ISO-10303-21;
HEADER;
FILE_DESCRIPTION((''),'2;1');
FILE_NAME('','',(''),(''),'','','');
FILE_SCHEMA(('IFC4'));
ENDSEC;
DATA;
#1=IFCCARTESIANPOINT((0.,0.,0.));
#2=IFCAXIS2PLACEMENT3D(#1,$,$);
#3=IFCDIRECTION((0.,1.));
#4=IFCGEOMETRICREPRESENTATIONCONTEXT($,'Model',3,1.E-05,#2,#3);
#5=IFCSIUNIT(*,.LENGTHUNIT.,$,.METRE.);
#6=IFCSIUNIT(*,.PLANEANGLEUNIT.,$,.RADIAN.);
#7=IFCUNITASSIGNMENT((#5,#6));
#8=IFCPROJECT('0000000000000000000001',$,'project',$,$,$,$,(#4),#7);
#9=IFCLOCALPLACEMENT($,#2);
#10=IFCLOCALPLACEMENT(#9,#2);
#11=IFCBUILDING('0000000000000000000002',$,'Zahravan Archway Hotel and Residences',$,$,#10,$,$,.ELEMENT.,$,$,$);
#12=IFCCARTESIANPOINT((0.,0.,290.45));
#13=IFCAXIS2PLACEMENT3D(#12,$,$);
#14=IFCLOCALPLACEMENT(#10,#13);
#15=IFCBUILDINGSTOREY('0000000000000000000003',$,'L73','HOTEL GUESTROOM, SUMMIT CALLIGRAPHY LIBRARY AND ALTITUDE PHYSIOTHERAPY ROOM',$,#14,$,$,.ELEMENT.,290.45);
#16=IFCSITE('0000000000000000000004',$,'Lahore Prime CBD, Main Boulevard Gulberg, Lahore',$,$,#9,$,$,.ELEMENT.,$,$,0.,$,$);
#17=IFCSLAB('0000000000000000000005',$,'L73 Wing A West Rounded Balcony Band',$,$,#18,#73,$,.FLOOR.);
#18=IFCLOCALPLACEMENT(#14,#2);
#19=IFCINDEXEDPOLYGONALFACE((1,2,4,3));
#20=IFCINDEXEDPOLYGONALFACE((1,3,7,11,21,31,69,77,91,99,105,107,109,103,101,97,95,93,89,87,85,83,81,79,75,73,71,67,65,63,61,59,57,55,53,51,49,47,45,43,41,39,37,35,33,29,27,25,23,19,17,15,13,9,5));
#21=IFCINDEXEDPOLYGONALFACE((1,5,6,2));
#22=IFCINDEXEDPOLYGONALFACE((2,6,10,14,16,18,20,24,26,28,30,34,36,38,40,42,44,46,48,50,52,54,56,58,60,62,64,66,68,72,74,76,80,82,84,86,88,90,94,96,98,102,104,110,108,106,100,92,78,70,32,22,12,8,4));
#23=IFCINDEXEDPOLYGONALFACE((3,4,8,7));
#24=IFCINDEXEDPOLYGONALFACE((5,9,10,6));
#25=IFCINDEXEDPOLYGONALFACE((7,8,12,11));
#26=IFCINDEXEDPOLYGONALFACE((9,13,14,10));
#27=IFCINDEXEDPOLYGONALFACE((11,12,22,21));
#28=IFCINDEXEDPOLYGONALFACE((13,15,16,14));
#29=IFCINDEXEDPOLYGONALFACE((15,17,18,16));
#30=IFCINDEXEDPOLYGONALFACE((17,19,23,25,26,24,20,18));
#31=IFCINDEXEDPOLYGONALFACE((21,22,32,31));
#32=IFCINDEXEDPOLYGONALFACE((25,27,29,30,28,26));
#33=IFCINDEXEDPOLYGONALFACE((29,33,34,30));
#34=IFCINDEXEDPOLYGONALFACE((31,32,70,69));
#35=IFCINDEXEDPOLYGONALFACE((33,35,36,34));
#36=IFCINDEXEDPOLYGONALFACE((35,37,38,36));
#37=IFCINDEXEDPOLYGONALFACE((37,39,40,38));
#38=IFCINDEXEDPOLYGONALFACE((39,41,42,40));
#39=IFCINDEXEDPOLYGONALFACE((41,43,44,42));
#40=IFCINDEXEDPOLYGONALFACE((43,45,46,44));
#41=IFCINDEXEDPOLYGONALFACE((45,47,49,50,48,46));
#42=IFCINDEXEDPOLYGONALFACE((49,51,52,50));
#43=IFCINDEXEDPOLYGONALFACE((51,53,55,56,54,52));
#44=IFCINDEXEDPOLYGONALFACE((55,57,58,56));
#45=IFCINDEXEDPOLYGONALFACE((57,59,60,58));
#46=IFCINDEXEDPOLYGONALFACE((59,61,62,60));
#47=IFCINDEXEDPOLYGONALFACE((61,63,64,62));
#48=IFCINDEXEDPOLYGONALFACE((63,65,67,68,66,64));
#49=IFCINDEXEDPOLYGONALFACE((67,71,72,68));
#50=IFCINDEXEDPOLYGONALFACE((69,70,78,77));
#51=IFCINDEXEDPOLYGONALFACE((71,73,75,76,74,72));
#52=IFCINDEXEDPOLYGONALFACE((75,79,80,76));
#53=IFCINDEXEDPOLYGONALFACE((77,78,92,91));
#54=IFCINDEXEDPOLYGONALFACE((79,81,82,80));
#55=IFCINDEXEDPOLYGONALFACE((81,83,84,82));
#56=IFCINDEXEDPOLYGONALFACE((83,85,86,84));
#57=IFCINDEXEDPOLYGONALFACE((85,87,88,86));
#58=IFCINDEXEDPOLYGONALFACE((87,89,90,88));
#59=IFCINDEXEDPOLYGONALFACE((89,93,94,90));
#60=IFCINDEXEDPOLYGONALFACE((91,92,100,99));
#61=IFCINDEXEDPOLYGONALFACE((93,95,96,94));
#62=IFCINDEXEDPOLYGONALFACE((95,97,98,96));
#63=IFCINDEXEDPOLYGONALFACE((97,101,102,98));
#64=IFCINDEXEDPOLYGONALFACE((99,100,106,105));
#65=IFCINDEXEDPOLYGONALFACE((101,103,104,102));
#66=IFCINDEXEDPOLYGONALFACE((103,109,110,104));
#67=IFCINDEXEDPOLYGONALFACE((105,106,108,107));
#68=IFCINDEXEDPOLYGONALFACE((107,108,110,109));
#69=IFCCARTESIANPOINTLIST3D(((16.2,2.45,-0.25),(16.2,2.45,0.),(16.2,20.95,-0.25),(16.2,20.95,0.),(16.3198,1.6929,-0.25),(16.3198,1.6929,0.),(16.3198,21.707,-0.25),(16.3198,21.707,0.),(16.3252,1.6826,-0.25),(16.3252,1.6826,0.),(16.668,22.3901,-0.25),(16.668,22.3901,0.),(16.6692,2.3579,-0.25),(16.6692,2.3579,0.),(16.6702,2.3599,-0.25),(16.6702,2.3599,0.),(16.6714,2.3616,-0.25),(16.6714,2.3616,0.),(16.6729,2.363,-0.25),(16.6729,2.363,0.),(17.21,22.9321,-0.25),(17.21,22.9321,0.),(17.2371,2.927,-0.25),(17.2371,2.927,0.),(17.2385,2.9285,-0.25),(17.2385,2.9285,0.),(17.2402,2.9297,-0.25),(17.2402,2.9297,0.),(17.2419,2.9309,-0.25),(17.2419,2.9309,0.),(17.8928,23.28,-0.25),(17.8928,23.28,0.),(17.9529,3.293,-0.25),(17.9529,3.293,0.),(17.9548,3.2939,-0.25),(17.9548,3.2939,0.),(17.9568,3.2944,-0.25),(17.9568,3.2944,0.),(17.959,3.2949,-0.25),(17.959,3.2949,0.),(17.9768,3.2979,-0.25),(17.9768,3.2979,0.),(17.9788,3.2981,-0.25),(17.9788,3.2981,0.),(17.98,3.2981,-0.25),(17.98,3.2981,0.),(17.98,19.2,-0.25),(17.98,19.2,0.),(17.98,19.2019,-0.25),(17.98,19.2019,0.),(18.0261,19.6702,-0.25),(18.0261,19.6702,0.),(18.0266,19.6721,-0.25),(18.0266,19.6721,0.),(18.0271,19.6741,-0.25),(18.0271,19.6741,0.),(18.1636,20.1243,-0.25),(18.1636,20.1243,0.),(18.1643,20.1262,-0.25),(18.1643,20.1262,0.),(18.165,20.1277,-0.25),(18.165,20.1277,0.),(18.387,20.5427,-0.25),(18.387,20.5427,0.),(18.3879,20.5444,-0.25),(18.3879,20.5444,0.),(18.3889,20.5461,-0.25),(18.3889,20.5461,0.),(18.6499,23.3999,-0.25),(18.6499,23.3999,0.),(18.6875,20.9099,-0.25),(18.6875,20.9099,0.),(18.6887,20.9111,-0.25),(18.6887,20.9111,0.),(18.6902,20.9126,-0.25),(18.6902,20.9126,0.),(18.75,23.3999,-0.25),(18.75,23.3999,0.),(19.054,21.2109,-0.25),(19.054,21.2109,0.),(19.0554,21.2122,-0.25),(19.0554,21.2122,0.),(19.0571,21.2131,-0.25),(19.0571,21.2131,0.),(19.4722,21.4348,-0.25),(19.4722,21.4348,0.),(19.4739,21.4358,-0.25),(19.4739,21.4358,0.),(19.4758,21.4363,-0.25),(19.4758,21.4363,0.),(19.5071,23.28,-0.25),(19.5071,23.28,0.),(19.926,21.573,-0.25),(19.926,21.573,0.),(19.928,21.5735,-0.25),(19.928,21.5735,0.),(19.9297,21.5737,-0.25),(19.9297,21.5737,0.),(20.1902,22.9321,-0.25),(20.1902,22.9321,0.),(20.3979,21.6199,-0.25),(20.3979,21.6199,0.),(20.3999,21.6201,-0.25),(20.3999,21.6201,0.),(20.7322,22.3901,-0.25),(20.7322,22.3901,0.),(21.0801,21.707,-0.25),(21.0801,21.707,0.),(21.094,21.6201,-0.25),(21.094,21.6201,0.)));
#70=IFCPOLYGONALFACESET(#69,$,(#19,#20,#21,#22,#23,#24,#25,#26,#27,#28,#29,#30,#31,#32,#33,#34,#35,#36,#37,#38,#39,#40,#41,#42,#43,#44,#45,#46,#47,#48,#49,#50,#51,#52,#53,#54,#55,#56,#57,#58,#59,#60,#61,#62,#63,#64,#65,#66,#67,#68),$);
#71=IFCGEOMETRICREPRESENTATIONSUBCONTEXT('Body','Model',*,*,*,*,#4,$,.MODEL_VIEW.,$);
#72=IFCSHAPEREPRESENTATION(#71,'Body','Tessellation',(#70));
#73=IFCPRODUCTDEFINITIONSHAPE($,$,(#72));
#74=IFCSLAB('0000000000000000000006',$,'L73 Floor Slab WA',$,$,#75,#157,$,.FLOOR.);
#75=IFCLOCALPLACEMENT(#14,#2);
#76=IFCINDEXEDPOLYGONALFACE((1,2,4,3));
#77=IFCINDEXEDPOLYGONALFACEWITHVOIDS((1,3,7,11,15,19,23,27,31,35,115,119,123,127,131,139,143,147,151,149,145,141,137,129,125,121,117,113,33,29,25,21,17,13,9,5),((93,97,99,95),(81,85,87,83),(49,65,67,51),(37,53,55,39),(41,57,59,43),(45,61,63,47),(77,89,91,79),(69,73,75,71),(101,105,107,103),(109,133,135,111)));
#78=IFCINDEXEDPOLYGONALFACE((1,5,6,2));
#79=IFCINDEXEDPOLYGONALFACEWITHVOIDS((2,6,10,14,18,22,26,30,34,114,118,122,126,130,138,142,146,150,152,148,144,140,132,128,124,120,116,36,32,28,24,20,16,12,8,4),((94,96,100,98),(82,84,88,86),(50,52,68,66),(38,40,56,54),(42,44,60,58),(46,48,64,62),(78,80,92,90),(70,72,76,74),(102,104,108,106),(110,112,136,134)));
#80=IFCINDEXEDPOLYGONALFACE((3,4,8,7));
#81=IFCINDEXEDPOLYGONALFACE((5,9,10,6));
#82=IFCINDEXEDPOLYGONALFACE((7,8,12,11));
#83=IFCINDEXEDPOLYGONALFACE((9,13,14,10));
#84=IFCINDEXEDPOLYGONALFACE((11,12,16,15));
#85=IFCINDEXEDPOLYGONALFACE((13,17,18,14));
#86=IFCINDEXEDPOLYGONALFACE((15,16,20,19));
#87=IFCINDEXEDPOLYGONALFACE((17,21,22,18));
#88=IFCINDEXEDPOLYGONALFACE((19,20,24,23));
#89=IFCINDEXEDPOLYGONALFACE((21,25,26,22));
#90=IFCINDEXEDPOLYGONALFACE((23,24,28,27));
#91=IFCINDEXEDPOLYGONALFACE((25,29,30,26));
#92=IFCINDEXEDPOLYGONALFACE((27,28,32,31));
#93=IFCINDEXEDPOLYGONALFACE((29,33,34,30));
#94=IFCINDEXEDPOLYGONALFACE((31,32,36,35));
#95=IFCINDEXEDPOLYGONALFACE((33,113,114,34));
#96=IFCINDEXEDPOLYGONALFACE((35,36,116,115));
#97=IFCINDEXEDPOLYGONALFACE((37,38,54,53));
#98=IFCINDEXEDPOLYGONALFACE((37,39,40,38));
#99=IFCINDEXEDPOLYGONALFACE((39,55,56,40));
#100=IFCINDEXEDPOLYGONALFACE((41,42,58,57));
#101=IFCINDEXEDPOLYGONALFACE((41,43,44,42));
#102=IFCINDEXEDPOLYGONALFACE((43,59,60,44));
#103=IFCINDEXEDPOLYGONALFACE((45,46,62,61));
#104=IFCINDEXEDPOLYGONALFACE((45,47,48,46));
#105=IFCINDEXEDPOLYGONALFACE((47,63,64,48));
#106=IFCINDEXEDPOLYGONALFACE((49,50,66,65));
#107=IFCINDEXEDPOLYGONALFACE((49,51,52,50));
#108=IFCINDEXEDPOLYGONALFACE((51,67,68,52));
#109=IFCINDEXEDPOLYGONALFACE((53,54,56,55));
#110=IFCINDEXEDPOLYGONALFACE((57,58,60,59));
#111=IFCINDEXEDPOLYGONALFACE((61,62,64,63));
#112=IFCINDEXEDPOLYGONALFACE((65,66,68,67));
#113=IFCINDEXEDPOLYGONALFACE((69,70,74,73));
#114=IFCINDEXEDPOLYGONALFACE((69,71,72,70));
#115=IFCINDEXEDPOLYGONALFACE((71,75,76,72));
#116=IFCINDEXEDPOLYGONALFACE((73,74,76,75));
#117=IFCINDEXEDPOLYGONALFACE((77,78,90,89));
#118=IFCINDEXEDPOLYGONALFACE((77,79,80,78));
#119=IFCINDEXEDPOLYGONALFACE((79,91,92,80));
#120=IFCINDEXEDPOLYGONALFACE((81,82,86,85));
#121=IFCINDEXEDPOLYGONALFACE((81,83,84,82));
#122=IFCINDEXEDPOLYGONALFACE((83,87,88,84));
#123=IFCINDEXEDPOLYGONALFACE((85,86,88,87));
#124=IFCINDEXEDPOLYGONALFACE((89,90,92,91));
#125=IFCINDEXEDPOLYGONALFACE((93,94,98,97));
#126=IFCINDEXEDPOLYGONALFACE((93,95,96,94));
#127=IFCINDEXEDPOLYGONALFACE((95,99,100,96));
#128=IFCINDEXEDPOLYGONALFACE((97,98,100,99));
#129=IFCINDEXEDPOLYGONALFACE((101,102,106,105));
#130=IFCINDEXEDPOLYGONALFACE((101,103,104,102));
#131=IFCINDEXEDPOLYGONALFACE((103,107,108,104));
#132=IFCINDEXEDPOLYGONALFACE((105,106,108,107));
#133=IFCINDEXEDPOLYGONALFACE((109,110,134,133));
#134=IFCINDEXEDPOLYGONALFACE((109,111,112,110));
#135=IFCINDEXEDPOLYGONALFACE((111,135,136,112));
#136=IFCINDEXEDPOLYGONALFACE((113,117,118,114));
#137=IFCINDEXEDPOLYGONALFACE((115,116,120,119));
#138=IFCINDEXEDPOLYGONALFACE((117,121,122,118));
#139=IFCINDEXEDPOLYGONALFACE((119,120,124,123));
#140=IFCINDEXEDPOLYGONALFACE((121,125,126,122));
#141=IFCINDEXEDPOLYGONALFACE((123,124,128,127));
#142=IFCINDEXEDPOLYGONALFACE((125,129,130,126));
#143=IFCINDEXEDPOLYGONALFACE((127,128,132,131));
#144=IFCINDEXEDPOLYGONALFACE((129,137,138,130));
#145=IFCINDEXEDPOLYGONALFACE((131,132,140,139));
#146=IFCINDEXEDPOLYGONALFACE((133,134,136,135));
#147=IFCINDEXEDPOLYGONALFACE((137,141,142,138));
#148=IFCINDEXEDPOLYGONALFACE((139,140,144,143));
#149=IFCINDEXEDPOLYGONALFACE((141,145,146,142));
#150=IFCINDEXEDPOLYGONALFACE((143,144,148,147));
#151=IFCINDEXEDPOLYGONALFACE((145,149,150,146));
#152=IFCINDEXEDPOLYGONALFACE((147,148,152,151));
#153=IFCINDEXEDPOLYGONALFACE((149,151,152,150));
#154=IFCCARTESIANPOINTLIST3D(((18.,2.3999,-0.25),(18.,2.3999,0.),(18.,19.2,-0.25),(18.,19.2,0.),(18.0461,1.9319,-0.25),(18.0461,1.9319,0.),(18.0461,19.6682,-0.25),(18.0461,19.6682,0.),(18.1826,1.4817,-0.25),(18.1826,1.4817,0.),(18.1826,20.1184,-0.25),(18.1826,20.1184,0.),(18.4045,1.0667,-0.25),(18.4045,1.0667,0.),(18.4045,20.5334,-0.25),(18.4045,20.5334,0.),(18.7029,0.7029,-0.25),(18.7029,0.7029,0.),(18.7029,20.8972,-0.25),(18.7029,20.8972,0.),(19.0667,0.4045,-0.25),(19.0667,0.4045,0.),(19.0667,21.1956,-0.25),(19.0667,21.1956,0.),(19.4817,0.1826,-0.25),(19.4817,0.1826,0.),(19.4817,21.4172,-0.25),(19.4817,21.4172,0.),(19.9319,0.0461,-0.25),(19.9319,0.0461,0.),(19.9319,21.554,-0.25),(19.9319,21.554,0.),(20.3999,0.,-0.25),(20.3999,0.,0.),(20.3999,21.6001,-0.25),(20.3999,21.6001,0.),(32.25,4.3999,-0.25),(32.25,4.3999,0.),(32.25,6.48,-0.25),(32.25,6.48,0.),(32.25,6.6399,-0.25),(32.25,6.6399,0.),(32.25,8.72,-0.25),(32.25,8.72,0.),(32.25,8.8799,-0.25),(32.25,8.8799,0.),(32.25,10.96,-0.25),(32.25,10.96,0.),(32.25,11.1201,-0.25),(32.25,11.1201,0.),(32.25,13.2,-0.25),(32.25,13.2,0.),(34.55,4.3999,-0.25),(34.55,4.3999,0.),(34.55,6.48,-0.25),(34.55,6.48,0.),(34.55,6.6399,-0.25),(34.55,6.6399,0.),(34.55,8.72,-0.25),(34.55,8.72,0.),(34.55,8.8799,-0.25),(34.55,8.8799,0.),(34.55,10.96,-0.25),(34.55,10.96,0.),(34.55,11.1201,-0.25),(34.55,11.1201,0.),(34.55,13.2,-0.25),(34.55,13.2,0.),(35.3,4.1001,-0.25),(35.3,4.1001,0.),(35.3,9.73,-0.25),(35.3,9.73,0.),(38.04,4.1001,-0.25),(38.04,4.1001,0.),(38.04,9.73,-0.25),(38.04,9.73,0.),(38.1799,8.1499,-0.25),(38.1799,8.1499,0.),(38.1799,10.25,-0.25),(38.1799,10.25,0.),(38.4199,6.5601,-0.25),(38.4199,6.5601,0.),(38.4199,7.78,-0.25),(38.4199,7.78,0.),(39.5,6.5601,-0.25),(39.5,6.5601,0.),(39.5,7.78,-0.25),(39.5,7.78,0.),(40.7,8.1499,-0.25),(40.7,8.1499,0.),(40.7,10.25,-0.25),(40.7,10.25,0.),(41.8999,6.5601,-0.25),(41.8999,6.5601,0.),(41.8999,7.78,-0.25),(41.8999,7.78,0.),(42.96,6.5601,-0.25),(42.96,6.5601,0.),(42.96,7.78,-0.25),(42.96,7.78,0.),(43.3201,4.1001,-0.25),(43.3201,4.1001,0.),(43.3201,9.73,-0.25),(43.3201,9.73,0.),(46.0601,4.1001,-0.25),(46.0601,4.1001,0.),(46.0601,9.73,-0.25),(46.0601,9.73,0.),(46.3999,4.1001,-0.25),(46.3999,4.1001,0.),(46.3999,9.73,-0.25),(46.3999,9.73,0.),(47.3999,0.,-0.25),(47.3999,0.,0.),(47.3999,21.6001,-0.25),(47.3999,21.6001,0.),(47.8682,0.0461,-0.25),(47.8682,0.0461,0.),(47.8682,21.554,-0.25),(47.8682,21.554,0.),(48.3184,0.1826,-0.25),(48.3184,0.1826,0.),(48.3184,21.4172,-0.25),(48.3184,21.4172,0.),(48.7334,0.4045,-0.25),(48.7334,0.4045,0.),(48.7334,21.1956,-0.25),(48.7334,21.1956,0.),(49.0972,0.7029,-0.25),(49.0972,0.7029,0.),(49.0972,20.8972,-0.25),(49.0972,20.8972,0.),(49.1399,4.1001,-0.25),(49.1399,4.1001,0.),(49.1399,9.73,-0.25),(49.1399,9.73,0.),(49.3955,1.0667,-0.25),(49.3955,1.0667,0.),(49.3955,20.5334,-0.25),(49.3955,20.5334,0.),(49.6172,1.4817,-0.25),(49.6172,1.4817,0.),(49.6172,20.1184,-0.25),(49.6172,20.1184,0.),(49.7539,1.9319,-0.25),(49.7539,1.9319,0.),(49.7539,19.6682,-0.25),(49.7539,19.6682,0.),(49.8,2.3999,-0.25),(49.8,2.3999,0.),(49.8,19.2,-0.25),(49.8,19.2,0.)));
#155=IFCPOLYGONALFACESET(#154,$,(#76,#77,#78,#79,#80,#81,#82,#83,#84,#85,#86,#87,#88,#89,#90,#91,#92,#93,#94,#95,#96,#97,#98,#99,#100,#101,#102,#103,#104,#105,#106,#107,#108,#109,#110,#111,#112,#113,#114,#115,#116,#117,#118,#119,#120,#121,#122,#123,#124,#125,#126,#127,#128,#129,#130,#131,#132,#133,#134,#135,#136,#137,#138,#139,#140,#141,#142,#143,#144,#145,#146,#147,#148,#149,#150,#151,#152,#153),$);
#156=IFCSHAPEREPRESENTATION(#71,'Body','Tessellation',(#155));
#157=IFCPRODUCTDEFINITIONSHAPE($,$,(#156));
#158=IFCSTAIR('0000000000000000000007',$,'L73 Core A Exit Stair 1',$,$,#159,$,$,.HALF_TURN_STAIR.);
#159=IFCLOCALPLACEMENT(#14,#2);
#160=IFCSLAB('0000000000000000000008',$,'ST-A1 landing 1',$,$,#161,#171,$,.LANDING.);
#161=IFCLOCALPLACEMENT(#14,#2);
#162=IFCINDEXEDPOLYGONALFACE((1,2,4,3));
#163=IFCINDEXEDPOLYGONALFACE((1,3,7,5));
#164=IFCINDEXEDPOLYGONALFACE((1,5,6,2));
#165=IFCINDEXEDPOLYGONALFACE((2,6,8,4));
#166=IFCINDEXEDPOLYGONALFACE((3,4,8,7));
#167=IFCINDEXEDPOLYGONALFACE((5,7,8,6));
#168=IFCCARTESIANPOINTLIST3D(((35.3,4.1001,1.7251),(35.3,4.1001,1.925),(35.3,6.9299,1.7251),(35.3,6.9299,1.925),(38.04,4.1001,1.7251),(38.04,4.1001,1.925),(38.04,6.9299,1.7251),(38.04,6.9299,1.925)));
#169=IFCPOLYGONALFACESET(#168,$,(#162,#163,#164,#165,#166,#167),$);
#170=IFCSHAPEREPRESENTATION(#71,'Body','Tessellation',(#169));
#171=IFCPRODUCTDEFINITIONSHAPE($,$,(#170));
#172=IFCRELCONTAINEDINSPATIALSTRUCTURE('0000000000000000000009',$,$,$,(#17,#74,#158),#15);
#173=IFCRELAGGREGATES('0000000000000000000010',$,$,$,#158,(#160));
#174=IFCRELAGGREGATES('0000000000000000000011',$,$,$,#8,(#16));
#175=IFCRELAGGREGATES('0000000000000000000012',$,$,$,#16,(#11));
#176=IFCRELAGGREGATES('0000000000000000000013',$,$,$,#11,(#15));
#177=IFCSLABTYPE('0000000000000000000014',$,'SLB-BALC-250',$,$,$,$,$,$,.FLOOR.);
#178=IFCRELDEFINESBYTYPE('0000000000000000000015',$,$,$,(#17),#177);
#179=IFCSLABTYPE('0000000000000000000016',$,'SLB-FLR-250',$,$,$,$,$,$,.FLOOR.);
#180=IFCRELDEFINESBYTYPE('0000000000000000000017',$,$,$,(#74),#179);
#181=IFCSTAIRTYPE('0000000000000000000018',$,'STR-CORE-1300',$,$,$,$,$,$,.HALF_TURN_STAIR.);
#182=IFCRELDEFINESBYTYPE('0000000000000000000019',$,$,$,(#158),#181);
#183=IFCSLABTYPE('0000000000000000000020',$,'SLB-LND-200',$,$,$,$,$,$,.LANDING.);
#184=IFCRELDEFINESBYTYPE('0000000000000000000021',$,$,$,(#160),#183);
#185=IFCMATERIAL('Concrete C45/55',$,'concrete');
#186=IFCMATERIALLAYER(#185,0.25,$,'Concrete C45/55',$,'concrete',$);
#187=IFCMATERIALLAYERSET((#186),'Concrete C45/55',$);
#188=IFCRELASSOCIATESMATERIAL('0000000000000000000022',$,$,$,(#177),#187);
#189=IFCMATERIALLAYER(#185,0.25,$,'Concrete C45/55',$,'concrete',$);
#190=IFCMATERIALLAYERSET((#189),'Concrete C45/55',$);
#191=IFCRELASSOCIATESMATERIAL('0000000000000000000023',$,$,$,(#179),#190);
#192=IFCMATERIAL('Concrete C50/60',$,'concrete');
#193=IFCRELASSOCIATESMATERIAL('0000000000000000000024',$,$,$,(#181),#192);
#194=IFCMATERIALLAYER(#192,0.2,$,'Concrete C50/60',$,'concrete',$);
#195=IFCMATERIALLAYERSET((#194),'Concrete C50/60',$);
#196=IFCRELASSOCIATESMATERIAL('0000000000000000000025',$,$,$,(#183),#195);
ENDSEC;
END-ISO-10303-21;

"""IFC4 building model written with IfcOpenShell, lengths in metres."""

from ifc_helpers import new_model, si_unit, direction, frame, origin, place, context, subcontext, project, spatial, polyline, outline, extrude, material, layer, layer_set, type_object, element, aggregate, save


model = new_model("IFC4")

# Units and contexts
model_context = context("Model", 3, precision=1e-05, world=origin(), true_north=direction((0.0, 1.0)))
body_context = subcontext(model_context, "Body", "Model", "MODEL_VIEW")
ifc_project = project(units=[si_unit("LENGTHUNIT", "METRE"), si_unit("PLANEANGLEUNIT", "RADIAN")], contexts=[model_context])

# Site, building, storey
site_placement = place(None, origin())
site = spatial("IfcSite", under=ifc_project, at=site_placement, Name="Lahore Prime CBD, Main Boulevard Gulberg, Lahore", CompositionType="ELEMENT", RefElevation=0.0)
building_placement = place(site_placement, origin())
building = spatial("IfcBuilding", under=site, at=building_placement, Name="Zahravan Archway Hotel and Residences", CompositionType="ELEMENT")
storey_placement = place(building_placement, frame((0.0, 0.0, 290.45)))
storey = spatial("IfcBuildingStorey", under=building, at=storey_placement, Name="L73", Description="HOTEL GUESTROOM, SUMMIT CALLIGRAPHY LIBRARY AND ALTITUDE PHYSIOTHERAPY ROOM", CompositionType="ELEMENT", Elevation=290.45)

# Slabs
ifc_material_1 = material(Name="Concrete C45/55", Category="concrete")
ifc_layer_1 = layer(ifc_material_1, 0.25, Name="Concrete C45/55", Category="concrete")
ifc_layer_set_1 = layer_set([ifc_layer_1], Name="Concrete C45/55")
slab_type_1 = type_object("IfcSlabType", Name="SLB-BALC-250", PredefinedType="FLOOR", material=ifc_layer_set_1)
slab_1_placement = place(storey_placement, frame((0.0, 0.0, -0.25)))
element("IfcSlab", 1, at=slab_1_placement, inside=storey, type_object=slab_type_1, Name="L73 Wing A West Rounded Balcony Band", PredefinedType="FLOOR", context=body_context, shape_type="SweptSolid", body=[
    extrude(outline(polyline([(16.3198, 1.6929), (16.2, 2.45), (16.2, 20.95), (16.3198, 21.707), (16.668, 22.3901), (17.21, 22.9321), (17.8928, 23.28), (18.6499, 23.3999), (18.75, 23.3999), (19.5071, 23.28), (20.1902, 22.9321), (20.7322, 22.3901), (21.0801, 21.707), (21.094, 21.6201), (20.3999, 21.6201), (20.3979, 21.6199), (19.9297, 21.5737), (19.928, 21.5735), (19.926, 21.573), (19.4758, 21.4363), (19.4739, 21.4358), (19.4722, 21.4348), (19.0571, 21.2131), (19.0554, 21.2122), (19.054, 21.2109), (18.6902, 20.9126), (18.6887, 20.9111), (18.6875, 20.9099), (18.3889, 20.5461), (18.3879, 20.5444), (18.387, 20.5427), (18.165, 20.1277), (18.1643, 20.1262), (18.1636, 20.1243), (18.0271, 19.6741), (18.0266, 19.6721), (18.0261, 19.6702), (17.98, 19.2019), (17.98, 19.2), (17.98, 3.2981), (17.9788, 3.2981), (17.9768, 3.2979), (17.959, 3.2949), (17.9568, 3.2944), (17.9548, 3.2939), (17.9529, 3.293), (17.2419, 2.9309), (17.2402, 2.9297), (17.2385, 2.9285), (17.2371, 2.927), (16.6729, 2.363), (16.6714, 2.3616), (16.6702, 2.3599), (16.6692, 2.3579), (16.3252, 1.6826), (16.3198, 1.6929)])), origin(), (0.0, 0.0, 1.0), 0.25),
])
ifc_layer_2 = layer(ifc_material_1, 0.25, Name="Concrete C45/55", Category="concrete")
ifc_layer_set_2 = layer_set([ifc_layer_2], Name="Concrete C45/55")
slab_type_2 = type_object("IfcSlabType", Name="SLB-FLR-250", PredefinedType="FLOOR", material=ifc_layer_set_2)
slab_2_placement = place(storey_placement, frame((0.0, 0.0, -0.25)))
element("IfcSlab", 2, at=slab_2_placement, inside=storey, type_object=slab_type_2, Name="L73 Floor Slab WA", PredefinedType="FLOOR", context=body_context, shape_type="SweptSolid", body=[
    extrude(outline(polyline([(47.3999, 0.0), (47.8682, 0.0461), (48.3184, 0.1826), (48.7334, 0.4045), (49.0972, 0.7029), (49.3955, 1.0667), (49.6172, 1.4817), (49.7539, 1.9319), (49.8, 2.3999), (49.8, 19.2), (49.7539, 19.6682), (49.6172, 20.1184), (49.3955, 20.5334), (49.0972, 20.8972), (48.7334, 21.1956), (48.3184, 21.4172), (47.8682, 21.554), (47.3999, 21.6001), (20.3999, 21.6001), (19.9319, 21.554), (19.4817, 21.4172), (19.0667, 21.1956), (18.7029, 20.8972), (18.4045, 20.5334), (18.1826, 20.1184), (18.0461, 19.6682), (18.0, 19.2), (18.0, 2.3999), (18.0461, 1.9319), (18.1826, 1.4817), (18.4045, 1.0667), (18.7029, 0.7029), (19.0667, 0.4045), (19.4817, 0.1826), (19.9319, 0.0461), (20.3999, 0.0), (47.3999, 0.0)]), holes=[polyline([(35.3, 9.73), (35.3, 4.1001), (38.04, 4.1001), (38.04, 9.73), (35.3, 9.73)]), polyline([(43.3201, 9.73), (43.3201, 4.1001), (46.0601, 4.1001), (46.0601, 9.73), (43.3201, 9.73)]), polyline([(46.3999, 9.73), (46.3999, 4.1001), (49.1399, 4.1001), (49.1399, 9.73), (46.3999, 9.73)]), polyline([(38.1799, 8.1499), (40.7, 8.1499), (40.7, 10.25), (38.1799, 10.25), (38.1799, 8.1499)]), polyline([(32.25, 4.3999), (34.55, 4.3999), (34.55, 6.48), (32.25, 6.48), (32.25, 4.3999)]), polyline([(32.25, 6.6399), (34.55, 6.6399), (34.55, 8.72), (32.25, 8.72), (32.25, 6.6399)]), polyline([(32.25, 8.8799), (34.55, 8.8799), (34.55, 10.96), (32.25, 10.96), (32.25, 8.8799)]), polyline([(32.25, 11.1201), (34.55, 11.1201), (34.55, 13.2), (32.25, 13.2), (32.25, 11.1201)]), polyline([(38.4199, 6.5601), (39.5, 6.5601), (39.5, 7.78), (38.4199, 7.78), (38.4199, 6.5601)]), polyline([(41.8999, 6.5601), (42.96, 6.5601), (42.96, 7.78), (41.8999, 7.78), (41.8999, 6.5601)])]), origin(), (0.0, 0.0, 1.0), 0.25),
])

# Stair, slab
ifc_material_2 = material(Name="Concrete C50/60", Category="concrete")
stair_type = type_object("IfcStairType", Name="STR-CORE-1300", PredefinedType="HALF_TURN_STAIR", material=ifc_material_2)
stair_1_placement = place(storey_placement, origin())
stair_1 = element("IfcStair", 3, at=stair_1_placement, inside=storey, type_object=stair_type, Name="L73 Core A Exit Stair 1", PredefinedType="HALF_TURN_STAIR")
ifc_layer_3 = layer(ifc_material_2, 0.2, Name="Concrete C50/60", Category="concrete")
ifc_layer_set_3 = layer_set([ifc_layer_3], Name="Concrete C50/60")
slab_type_3 = type_object("IfcSlabType", Name="SLB-LND-200", PredefinedType="LANDING", material=ifc_layer_set_3)
slab_3_placement = place(storey_placement, frame((0.0, 0.0, 1.7251)))
slab_3 = element("IfcSlab", 4, at=slab_3_placement, type_object=slab_type_3, Name="ST-A1 landing 1", PredefinedType="LANDING", context=body_context, shape_type="SweptSolid", body=[
    extrude(outline(polyline([(35.3, 6.9299), (35.3, 4.1001), (38.04, 4.1001), (38.04, 6.9299), (35.3, 6.9299)])), origin(), (0.0, 0.0, 1.0), 0.2),
])
aggregate(stair_1, [slab_3])

save(model, "model.ifc")
